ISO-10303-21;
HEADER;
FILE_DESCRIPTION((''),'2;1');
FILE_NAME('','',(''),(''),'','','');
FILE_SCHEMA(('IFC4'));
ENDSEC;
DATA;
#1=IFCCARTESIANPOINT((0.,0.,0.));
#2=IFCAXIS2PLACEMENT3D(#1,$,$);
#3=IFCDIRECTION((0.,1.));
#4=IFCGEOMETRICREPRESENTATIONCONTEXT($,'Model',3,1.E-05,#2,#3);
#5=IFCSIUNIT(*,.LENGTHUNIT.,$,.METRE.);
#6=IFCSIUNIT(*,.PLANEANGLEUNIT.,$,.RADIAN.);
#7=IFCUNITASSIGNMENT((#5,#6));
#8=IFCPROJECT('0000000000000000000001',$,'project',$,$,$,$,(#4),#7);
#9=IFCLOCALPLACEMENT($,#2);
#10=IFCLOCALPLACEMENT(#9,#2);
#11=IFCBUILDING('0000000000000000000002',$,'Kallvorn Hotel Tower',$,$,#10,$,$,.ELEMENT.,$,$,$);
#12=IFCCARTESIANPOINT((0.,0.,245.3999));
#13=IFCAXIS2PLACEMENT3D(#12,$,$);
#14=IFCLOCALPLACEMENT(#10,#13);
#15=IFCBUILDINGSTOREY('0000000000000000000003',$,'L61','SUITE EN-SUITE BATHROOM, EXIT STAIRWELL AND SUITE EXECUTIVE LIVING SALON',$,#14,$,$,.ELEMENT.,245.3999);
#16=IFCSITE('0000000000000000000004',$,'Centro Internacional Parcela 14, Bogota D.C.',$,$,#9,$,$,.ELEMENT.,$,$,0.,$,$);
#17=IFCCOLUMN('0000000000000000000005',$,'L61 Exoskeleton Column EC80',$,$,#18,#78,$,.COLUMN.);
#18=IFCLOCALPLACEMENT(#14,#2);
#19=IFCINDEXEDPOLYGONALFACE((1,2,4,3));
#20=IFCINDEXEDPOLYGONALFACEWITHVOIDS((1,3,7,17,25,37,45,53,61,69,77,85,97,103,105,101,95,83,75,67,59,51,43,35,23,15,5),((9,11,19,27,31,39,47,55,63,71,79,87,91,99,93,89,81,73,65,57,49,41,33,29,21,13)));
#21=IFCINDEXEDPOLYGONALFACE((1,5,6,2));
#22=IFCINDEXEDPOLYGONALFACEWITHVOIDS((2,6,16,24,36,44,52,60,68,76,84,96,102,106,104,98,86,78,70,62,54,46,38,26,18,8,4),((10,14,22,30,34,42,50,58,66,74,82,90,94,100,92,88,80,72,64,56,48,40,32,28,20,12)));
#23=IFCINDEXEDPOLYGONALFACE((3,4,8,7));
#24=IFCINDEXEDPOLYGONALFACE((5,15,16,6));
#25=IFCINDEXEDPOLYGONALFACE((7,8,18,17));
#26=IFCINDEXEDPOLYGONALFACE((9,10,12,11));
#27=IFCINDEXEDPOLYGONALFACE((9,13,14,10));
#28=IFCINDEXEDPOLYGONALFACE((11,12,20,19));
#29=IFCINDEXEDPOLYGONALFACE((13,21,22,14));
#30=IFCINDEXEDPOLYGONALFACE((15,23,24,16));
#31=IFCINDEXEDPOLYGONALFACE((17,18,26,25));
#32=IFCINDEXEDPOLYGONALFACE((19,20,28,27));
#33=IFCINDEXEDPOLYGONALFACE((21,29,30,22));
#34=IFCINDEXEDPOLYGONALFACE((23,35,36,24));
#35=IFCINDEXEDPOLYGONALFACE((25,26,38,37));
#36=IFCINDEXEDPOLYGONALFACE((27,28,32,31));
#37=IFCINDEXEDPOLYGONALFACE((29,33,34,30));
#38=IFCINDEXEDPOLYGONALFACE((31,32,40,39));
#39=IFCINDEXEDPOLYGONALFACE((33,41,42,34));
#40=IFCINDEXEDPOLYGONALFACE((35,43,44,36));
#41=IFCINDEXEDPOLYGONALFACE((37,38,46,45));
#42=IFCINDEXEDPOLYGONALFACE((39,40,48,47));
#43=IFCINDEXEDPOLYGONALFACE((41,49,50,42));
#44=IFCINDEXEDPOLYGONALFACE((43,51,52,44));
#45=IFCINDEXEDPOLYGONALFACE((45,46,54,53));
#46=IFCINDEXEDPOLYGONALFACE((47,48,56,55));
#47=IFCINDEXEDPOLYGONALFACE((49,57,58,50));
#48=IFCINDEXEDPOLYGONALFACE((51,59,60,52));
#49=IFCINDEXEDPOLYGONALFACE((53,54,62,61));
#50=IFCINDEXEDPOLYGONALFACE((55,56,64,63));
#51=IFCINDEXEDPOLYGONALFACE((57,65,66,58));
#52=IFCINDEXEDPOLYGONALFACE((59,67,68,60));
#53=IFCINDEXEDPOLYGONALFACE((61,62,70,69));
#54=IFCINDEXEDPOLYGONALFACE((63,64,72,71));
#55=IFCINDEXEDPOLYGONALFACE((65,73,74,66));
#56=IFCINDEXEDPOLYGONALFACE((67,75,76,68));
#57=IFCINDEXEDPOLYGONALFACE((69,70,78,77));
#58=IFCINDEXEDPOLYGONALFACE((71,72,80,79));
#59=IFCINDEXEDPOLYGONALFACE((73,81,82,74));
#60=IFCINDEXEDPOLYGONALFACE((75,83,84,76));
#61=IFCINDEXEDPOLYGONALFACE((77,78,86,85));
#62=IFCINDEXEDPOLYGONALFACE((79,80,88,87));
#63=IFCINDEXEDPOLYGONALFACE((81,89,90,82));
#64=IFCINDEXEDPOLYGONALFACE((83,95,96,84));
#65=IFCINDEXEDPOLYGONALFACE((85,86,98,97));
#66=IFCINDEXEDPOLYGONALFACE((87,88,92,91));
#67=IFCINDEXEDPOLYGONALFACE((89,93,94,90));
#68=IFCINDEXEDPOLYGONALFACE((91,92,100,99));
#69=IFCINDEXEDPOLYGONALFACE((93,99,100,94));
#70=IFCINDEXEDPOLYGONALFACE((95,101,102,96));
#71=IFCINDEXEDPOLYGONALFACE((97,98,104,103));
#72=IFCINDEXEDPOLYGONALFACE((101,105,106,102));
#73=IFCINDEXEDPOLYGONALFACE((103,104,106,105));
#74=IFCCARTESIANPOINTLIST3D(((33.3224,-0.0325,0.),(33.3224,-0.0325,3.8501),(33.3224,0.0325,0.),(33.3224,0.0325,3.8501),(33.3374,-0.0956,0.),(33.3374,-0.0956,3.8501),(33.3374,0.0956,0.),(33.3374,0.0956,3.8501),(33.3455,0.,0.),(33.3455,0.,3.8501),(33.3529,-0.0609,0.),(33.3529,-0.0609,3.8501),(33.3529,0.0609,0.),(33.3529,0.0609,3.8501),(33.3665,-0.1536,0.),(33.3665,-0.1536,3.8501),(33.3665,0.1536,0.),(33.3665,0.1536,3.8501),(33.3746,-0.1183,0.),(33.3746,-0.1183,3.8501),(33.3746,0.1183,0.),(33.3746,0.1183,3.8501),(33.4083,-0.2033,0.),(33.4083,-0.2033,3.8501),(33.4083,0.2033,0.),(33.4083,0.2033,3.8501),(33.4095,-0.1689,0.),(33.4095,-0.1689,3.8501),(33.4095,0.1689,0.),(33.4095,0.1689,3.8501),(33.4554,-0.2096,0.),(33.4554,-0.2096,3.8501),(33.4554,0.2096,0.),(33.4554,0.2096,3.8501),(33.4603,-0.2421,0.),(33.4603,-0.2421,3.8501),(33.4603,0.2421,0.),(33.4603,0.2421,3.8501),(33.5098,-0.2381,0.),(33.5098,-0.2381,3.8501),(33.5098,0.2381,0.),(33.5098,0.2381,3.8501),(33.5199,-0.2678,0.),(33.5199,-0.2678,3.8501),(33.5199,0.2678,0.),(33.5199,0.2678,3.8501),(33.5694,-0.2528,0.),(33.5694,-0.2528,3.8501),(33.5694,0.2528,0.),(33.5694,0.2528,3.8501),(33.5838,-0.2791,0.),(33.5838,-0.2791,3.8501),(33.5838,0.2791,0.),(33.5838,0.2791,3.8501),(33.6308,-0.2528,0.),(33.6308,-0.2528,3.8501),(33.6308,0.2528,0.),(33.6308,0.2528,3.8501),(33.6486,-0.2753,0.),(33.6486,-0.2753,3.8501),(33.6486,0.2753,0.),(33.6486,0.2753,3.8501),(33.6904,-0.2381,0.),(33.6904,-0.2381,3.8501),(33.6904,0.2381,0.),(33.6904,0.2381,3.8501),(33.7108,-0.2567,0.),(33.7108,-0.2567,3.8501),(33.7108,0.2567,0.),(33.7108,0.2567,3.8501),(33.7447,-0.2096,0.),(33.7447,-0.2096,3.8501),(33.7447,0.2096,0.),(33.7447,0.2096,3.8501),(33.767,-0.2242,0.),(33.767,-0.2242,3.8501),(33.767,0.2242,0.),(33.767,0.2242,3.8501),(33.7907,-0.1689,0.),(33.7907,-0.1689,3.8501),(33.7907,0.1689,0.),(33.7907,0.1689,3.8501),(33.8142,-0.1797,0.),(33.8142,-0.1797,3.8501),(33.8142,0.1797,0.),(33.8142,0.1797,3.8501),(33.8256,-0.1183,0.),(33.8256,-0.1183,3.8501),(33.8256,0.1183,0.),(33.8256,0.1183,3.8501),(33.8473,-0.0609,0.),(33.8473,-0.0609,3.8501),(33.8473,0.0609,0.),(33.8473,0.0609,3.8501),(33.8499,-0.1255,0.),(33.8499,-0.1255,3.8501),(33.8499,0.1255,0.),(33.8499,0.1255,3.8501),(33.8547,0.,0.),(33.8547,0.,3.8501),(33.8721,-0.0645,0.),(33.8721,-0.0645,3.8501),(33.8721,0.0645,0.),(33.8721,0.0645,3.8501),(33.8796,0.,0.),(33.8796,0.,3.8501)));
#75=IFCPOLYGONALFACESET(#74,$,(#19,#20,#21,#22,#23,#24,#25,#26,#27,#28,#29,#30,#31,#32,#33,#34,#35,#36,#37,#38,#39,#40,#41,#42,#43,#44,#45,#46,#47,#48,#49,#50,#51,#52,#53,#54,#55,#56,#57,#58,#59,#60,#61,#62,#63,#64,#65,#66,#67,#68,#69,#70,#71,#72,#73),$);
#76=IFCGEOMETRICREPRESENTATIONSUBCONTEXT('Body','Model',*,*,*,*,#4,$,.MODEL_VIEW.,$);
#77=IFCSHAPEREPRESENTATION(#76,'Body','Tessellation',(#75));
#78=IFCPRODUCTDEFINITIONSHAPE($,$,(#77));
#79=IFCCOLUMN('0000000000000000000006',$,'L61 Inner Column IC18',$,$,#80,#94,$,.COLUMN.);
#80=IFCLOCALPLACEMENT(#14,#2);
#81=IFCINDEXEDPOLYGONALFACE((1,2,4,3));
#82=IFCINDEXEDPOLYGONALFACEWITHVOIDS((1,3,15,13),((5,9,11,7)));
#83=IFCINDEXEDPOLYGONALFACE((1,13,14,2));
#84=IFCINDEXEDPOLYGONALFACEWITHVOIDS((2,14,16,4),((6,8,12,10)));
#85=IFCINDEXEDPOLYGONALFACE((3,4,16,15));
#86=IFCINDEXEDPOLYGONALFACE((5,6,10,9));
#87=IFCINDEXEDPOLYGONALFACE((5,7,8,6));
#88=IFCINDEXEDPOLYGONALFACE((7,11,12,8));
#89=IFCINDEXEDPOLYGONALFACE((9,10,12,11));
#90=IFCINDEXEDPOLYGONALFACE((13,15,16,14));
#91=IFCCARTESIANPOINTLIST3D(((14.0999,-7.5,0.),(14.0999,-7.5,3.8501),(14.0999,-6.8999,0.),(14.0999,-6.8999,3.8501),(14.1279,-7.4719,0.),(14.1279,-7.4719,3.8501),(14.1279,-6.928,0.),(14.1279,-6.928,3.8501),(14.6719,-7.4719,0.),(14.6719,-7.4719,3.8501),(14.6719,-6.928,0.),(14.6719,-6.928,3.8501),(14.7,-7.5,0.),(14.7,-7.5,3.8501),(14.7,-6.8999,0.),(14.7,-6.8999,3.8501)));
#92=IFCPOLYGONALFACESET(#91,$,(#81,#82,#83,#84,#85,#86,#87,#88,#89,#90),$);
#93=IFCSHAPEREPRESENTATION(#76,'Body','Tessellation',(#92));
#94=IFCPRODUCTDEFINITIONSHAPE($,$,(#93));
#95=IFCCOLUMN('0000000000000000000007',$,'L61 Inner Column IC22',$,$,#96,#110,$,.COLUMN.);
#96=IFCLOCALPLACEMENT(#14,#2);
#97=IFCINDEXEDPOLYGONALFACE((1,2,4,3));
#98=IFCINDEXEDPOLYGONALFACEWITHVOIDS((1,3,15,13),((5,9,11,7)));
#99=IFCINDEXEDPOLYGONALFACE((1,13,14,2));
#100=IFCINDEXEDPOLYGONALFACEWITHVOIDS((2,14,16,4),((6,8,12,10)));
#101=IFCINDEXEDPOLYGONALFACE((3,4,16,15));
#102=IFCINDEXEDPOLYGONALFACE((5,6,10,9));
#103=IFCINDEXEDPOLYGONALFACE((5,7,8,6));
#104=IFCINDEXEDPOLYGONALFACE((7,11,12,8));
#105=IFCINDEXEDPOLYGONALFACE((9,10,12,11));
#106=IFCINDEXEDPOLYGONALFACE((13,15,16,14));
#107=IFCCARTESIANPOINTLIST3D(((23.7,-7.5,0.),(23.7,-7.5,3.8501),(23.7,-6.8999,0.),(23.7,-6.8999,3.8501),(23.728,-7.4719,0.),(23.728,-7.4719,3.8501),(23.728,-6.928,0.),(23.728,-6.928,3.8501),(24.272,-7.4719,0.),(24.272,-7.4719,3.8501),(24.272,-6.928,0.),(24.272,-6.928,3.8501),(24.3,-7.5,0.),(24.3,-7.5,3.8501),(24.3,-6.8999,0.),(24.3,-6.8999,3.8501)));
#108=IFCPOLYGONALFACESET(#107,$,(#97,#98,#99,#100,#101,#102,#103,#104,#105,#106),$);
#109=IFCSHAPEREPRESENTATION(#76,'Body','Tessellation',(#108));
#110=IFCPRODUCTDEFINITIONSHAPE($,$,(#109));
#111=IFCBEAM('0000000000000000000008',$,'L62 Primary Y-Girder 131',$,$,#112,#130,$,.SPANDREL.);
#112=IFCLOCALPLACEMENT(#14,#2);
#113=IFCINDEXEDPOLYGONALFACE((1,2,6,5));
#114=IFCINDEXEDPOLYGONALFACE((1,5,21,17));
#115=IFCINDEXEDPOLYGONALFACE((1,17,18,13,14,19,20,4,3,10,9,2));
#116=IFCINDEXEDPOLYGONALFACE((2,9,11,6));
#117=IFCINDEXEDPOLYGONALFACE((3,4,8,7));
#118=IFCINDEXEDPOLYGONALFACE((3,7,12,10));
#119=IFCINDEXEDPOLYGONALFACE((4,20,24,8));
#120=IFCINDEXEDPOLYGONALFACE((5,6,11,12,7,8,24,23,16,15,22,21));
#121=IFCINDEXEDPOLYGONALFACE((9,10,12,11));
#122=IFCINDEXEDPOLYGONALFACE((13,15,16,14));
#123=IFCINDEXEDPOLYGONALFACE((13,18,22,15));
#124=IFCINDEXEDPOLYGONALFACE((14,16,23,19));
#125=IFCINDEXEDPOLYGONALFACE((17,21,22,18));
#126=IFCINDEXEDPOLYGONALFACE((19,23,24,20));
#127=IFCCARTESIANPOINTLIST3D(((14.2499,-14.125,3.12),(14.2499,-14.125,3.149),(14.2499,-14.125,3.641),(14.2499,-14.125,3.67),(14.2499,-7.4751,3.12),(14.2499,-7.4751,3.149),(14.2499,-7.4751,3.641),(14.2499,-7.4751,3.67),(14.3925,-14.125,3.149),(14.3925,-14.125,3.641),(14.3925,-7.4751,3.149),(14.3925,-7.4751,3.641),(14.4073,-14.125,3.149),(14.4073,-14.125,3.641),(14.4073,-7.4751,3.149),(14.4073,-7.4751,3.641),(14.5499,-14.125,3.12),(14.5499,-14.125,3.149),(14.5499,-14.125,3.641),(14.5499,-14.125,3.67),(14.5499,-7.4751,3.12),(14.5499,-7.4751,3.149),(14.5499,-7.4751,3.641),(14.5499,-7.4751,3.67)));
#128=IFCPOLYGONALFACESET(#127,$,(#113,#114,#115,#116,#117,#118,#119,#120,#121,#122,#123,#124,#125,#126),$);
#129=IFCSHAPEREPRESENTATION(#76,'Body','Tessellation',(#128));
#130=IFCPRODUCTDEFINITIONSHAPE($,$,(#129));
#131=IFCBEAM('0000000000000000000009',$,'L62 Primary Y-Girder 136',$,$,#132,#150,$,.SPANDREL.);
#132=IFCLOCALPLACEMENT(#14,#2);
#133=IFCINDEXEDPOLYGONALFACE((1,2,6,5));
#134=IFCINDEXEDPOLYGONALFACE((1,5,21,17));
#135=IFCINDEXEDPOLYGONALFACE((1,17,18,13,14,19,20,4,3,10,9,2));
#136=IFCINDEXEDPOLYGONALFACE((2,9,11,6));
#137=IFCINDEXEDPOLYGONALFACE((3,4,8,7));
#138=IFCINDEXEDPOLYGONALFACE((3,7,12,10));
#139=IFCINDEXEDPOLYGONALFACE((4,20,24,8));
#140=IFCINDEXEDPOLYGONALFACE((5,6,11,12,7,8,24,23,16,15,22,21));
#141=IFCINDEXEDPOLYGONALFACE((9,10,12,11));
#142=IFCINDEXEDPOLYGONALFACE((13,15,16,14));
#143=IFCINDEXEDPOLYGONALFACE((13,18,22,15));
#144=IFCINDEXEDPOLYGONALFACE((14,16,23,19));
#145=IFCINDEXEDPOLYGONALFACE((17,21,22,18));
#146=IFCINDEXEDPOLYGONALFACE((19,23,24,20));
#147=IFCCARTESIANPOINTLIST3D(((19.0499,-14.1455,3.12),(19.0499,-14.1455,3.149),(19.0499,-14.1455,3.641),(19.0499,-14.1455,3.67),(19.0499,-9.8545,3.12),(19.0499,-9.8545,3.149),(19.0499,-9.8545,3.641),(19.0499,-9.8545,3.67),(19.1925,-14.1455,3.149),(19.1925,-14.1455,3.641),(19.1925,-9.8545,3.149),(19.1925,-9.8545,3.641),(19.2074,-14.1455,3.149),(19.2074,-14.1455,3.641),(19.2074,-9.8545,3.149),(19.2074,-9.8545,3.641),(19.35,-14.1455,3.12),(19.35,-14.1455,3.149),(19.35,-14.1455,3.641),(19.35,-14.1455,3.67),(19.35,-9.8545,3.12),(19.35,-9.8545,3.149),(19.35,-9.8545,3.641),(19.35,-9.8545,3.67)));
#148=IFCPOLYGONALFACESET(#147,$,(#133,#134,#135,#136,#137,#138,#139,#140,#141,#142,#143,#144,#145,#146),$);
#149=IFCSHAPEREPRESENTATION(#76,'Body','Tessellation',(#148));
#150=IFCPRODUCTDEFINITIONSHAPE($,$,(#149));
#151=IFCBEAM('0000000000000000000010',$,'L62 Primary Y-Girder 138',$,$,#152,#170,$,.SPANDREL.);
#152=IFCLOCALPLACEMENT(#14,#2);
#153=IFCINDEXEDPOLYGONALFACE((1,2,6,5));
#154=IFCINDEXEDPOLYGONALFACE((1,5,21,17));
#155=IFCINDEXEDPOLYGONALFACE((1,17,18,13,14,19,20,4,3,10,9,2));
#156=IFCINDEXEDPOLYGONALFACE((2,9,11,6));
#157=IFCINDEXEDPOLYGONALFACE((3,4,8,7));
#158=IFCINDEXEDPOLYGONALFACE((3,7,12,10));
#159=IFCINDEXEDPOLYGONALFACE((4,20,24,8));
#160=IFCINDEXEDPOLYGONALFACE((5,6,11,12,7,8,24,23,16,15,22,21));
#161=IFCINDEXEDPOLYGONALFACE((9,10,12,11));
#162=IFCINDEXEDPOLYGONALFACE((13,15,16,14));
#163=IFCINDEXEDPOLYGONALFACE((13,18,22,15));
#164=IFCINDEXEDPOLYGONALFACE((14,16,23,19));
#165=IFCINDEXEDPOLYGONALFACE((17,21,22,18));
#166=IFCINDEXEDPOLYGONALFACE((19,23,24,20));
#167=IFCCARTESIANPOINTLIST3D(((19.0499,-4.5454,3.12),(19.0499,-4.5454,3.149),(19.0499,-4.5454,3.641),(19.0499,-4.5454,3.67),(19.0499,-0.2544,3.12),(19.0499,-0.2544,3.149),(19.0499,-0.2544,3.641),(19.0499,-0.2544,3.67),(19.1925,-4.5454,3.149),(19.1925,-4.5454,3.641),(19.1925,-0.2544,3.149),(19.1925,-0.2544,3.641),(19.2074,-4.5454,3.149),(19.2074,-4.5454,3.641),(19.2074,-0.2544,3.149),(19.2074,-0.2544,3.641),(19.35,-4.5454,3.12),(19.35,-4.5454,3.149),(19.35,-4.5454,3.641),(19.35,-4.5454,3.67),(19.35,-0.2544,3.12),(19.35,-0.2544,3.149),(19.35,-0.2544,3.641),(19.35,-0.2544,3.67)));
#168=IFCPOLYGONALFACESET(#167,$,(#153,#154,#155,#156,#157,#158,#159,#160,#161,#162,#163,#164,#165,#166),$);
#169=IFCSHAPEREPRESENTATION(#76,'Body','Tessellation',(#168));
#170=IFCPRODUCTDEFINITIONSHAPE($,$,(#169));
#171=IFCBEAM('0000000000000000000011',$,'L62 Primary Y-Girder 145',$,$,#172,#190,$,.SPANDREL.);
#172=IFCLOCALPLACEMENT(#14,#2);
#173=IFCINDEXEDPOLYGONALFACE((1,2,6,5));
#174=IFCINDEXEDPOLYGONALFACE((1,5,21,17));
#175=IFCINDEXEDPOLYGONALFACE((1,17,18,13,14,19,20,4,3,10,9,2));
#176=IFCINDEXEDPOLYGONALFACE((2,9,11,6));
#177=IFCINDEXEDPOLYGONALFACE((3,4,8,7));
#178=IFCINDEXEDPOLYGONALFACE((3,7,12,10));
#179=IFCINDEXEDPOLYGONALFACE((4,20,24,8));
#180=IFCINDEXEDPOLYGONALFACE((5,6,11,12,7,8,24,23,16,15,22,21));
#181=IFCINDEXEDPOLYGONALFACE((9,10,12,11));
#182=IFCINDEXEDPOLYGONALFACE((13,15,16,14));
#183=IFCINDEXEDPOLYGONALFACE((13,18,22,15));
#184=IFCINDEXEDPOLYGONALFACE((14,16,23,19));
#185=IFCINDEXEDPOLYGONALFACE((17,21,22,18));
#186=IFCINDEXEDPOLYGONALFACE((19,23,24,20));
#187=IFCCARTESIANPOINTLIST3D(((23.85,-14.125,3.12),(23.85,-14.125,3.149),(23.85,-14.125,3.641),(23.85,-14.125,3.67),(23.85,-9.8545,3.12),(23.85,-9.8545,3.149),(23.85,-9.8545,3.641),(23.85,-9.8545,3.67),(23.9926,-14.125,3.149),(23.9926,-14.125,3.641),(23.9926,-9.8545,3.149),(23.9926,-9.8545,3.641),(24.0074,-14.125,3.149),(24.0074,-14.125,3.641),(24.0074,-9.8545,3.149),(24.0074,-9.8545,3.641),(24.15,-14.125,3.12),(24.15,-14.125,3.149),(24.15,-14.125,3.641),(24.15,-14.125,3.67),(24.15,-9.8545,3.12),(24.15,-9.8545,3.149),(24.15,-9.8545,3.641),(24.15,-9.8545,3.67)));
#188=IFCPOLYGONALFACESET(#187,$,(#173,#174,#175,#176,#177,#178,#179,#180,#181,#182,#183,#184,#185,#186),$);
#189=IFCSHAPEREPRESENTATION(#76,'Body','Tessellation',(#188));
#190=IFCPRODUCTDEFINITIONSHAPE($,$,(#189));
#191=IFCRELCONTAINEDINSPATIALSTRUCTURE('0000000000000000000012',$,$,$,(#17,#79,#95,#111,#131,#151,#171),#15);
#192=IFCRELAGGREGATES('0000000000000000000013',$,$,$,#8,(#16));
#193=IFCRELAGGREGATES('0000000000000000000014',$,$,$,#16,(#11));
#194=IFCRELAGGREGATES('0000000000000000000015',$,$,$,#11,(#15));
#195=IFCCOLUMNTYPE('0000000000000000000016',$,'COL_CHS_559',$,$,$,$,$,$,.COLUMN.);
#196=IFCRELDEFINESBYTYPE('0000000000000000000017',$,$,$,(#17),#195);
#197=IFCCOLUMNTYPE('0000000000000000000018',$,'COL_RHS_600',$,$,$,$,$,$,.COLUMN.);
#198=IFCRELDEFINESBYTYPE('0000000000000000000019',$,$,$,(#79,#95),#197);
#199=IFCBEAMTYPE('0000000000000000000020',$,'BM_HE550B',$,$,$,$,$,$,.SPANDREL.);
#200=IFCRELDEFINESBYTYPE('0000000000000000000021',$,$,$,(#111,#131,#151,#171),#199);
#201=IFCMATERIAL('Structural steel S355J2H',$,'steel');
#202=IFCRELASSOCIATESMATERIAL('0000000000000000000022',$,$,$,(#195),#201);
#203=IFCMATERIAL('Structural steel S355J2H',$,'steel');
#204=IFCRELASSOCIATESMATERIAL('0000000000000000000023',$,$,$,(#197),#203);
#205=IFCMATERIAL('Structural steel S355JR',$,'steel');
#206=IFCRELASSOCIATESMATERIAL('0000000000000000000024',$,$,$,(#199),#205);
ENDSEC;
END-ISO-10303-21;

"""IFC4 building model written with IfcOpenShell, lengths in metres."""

from ifc_helpers import new_model, si_unit, direction, frame, origin, origin_2d, place, context, subcontext, project, spatial, hollow_rectangle, hollow_circle, i_section, extrude, material, material_profile, profile_set, type_object, element, save


model = new_model("IFC4")

# Units and contexts
model_context = context("Model", 3, precision=1e-05, world=origin(), true_north=direction((0.0, 1.0)))
body_context = subcontext(model_context, "Body", "Model", "MODEL_VIEW")
ifc_project = project(units=[si_unit("LENGTHUNIT", "METRE"), si_unit("PLANEANGLEUNIT", "RADIAN")], contexts=[model_context])

# Site, building, storey
site_placement = place(None, origin())
site = spatial("IfcSite", under=ifc_project, at=site_placement, Name="Centro Internacional Parcela 14, Bogota D.C.", CompositionType="ELEMENT", RefElevation=0.0)
building_placement = place(site_placement, origin())
building = spatial("IfcBuilding", under=site, at=building_placement, Name="Kallvorn Hotel Tower", CompositionType="ELEMENT")
storey_placement = place(building_placement, frame((0.0, 0.0, 245.3999)))
storey = spatial("IfcBuildingStorey", under=building, at=storey_placement, Name="L61", Description="SUITE EN-SUITE BATHROOM, EXIT STAIRWELL AND SUITE EXECUTIVE LIVING SALON", CompositionType="ELEMENT", Elevation=245.3999)

# Columns
ifc_material_1 = material(Name="Structural steel S355J2H", Category="steel")
ifc_material_profile_1 = material_profile(ifc_material_1, hollow_circle(Radius=0.2795, WallThickness=0.0249, at=origin_2d()), Name="CHS 559x25")
ifc_profile_set_1 = profile_set([ifc_material_profile_1], Name="Structural steel S355J2H")
column_type_1 = type_object("IfcColumnType", Name="COL_CHS_559", PredefinedType="COLUMN", material=ifc_profile_set_1)
for number, where, z_axis, x_axis, name in (
    (1, (33.6001, 0.0, 0.0), (0.0, 0.0, 1.0), (1.0, 0.0, 0.0), "L61 Exoskeleton Column EC80"),
):
    element("IfcColumn", number, at=place(storey_placement, frame(where, z_axis=z_axis, x_axis=x_axis)), inside=storey, type_object=column_type_1, Name=name, PredefinedType="COLUMN", context=body_context, shape_type="SweptSolid", body=[
        extrude(hollow_circle(Radius=0.2795, WallThickness=0.0249, at=origin_2d()), origin(), (0.0, 0.0, 1.0), 3.8501),
    ])
ifc_material_2 = material(Name="Structural steel S355J2H", Category="steel")
ifc_material_profile_2 = material_profile(ifc_material_2, hollow_rectangle(XDim=0.6001, YDim=0.6001, WallThickness=0.0281, at=origin_2d()), Name="RHS 600x600x28")
ifc_profile_set_2 = profile_set([ifc_material_profile_2], Name="Structural steel S355J2H")
column_type_2 = type_object("IfcColumnType", Name="COL_RHS_600", PredefinedType="COLUMN", material=ifc_profile_set_2)
for number, where, z_axis, x_axis, name in (
    (2, (14.3999, -7.2, 0.0), (0.0, 0.0, 1.0), (1.0, 0.0, 0.0), "L61 Inner Column IC18"),
    (3, (24.0, -7.2, 0.0), (0.0, 0.0, 1.0), (1.0, 0.0, 0.0), "L61 Inner Column IC22"),
):
    element("IfcColumn", number, at=place(storey_placement, frame(where, z_axis=z_axis, x_axis=x_axis)), inside=storey, type_object=column_type_2, Name=name, PredefinedType="COLUMN", context=body_context, shape_type="SweptSolid", body=[
        extrude(hollow_rectangle(XDim=0.6001, YDim=0.6001, WallThickness=0.0281, at=origin_2d()), origin(), (0.0, 0.0, 1.0), 3.8501),
    ])

# Beams
ifc_material_3 = material(Name="Structural steel S355JR", Category="steel")
ifc_material_profile_3 = material_profile(ifc_material_3, i_section(OverallWidth=0.3, OverallDepth=0.55, WebThickness=0.0149, FlangeThickness=0.0291, at=origin_2d()), Name="HE 550 B")
ifc_profile_set_3 = profile_set([ifc_material_profile_3], Name="Structural steel S355JR")
beam_type_1 = type_object("IfcBeamType", Name="BM_HE550B", PredefinedType="SPANDREL", material=ifc_profile_set_3)
beam_1_placement = place(storey_placement, frame((14.3999, -14.125, 3.395), z_axis=(0.0, 1.0, 0.0), x_axis=(-1.0, 0.0, 0.0)))
element("IfcBeam", 4, at=beam_1_placement, inside=storey, type_object=beam_type_1, Name="L62 Primary Y-Girder 131", PredefinedType="SPANDREL", context=body_context, shape_type="SweptSolid", body=[
    extrude(i_section(OverallWidth=0.3, OverallDepth=0.55, WebThickness=0.0149, FlangeThickness=0.0291, at=origin_2d()), origin(), (0.0, 0.0, 1.0), 6.6499),
])
for number, where, z_axis, x_axis, name in (
    (5, (19.2, -14.1455, 3.395), (0.0, 1.0, 0.0), (-1.0, 0.0, 0.0), "L62 Primary Y-Girder 136"),
    (6, (19.2, -4.5454, 3.395), (0.0, 1.0, 0.0), (-1.0, 0.0, 0.0), "L62 Primary Y-Girder 138"),
):
    element("IfcBeam", number, at=place(storey_placement, frame(where, z_axis=z_axis, x_axis=x_axis)), inside=storey, type_object=beam_type_1, Name=name, PredefinedType="SPANDREL", context=body_context, shape_type="SweptSolid", body=[
        extrude(i_section(OverallWidth=0.3, OverallDepth=0.55, WebThickness=0.0149, FlangeThickness=0.0291, at=origin_2d()), origin(), (0.0, 0.0, 1.0), 4.291),
    ])
beam_2_placement = place(storey_placement, frame((24.0, -14.125, 3.395), z_axis=(0.0, 1.0, 0.0), x_axis=(-1.0, 0.0, 0.0)))
element("IfcBeam", 7, at=beam_2_placement, inside=storey, type_object=beam_type_1, Name="L62 Primary Y-Girder 145", PredefinedType="SPANDREL", context=body_context, shape_type="SweptSolid", body=[
    extrude(i_section(OverallWidth=0.3, OverallDepth=0.55, WebThickness=0.0149, FlangeThickness=0.0291, at=origin_2d()), origin(), (0.0, 0.0, 1.0), 4.2705),
])

save(model, "model.ifc")
